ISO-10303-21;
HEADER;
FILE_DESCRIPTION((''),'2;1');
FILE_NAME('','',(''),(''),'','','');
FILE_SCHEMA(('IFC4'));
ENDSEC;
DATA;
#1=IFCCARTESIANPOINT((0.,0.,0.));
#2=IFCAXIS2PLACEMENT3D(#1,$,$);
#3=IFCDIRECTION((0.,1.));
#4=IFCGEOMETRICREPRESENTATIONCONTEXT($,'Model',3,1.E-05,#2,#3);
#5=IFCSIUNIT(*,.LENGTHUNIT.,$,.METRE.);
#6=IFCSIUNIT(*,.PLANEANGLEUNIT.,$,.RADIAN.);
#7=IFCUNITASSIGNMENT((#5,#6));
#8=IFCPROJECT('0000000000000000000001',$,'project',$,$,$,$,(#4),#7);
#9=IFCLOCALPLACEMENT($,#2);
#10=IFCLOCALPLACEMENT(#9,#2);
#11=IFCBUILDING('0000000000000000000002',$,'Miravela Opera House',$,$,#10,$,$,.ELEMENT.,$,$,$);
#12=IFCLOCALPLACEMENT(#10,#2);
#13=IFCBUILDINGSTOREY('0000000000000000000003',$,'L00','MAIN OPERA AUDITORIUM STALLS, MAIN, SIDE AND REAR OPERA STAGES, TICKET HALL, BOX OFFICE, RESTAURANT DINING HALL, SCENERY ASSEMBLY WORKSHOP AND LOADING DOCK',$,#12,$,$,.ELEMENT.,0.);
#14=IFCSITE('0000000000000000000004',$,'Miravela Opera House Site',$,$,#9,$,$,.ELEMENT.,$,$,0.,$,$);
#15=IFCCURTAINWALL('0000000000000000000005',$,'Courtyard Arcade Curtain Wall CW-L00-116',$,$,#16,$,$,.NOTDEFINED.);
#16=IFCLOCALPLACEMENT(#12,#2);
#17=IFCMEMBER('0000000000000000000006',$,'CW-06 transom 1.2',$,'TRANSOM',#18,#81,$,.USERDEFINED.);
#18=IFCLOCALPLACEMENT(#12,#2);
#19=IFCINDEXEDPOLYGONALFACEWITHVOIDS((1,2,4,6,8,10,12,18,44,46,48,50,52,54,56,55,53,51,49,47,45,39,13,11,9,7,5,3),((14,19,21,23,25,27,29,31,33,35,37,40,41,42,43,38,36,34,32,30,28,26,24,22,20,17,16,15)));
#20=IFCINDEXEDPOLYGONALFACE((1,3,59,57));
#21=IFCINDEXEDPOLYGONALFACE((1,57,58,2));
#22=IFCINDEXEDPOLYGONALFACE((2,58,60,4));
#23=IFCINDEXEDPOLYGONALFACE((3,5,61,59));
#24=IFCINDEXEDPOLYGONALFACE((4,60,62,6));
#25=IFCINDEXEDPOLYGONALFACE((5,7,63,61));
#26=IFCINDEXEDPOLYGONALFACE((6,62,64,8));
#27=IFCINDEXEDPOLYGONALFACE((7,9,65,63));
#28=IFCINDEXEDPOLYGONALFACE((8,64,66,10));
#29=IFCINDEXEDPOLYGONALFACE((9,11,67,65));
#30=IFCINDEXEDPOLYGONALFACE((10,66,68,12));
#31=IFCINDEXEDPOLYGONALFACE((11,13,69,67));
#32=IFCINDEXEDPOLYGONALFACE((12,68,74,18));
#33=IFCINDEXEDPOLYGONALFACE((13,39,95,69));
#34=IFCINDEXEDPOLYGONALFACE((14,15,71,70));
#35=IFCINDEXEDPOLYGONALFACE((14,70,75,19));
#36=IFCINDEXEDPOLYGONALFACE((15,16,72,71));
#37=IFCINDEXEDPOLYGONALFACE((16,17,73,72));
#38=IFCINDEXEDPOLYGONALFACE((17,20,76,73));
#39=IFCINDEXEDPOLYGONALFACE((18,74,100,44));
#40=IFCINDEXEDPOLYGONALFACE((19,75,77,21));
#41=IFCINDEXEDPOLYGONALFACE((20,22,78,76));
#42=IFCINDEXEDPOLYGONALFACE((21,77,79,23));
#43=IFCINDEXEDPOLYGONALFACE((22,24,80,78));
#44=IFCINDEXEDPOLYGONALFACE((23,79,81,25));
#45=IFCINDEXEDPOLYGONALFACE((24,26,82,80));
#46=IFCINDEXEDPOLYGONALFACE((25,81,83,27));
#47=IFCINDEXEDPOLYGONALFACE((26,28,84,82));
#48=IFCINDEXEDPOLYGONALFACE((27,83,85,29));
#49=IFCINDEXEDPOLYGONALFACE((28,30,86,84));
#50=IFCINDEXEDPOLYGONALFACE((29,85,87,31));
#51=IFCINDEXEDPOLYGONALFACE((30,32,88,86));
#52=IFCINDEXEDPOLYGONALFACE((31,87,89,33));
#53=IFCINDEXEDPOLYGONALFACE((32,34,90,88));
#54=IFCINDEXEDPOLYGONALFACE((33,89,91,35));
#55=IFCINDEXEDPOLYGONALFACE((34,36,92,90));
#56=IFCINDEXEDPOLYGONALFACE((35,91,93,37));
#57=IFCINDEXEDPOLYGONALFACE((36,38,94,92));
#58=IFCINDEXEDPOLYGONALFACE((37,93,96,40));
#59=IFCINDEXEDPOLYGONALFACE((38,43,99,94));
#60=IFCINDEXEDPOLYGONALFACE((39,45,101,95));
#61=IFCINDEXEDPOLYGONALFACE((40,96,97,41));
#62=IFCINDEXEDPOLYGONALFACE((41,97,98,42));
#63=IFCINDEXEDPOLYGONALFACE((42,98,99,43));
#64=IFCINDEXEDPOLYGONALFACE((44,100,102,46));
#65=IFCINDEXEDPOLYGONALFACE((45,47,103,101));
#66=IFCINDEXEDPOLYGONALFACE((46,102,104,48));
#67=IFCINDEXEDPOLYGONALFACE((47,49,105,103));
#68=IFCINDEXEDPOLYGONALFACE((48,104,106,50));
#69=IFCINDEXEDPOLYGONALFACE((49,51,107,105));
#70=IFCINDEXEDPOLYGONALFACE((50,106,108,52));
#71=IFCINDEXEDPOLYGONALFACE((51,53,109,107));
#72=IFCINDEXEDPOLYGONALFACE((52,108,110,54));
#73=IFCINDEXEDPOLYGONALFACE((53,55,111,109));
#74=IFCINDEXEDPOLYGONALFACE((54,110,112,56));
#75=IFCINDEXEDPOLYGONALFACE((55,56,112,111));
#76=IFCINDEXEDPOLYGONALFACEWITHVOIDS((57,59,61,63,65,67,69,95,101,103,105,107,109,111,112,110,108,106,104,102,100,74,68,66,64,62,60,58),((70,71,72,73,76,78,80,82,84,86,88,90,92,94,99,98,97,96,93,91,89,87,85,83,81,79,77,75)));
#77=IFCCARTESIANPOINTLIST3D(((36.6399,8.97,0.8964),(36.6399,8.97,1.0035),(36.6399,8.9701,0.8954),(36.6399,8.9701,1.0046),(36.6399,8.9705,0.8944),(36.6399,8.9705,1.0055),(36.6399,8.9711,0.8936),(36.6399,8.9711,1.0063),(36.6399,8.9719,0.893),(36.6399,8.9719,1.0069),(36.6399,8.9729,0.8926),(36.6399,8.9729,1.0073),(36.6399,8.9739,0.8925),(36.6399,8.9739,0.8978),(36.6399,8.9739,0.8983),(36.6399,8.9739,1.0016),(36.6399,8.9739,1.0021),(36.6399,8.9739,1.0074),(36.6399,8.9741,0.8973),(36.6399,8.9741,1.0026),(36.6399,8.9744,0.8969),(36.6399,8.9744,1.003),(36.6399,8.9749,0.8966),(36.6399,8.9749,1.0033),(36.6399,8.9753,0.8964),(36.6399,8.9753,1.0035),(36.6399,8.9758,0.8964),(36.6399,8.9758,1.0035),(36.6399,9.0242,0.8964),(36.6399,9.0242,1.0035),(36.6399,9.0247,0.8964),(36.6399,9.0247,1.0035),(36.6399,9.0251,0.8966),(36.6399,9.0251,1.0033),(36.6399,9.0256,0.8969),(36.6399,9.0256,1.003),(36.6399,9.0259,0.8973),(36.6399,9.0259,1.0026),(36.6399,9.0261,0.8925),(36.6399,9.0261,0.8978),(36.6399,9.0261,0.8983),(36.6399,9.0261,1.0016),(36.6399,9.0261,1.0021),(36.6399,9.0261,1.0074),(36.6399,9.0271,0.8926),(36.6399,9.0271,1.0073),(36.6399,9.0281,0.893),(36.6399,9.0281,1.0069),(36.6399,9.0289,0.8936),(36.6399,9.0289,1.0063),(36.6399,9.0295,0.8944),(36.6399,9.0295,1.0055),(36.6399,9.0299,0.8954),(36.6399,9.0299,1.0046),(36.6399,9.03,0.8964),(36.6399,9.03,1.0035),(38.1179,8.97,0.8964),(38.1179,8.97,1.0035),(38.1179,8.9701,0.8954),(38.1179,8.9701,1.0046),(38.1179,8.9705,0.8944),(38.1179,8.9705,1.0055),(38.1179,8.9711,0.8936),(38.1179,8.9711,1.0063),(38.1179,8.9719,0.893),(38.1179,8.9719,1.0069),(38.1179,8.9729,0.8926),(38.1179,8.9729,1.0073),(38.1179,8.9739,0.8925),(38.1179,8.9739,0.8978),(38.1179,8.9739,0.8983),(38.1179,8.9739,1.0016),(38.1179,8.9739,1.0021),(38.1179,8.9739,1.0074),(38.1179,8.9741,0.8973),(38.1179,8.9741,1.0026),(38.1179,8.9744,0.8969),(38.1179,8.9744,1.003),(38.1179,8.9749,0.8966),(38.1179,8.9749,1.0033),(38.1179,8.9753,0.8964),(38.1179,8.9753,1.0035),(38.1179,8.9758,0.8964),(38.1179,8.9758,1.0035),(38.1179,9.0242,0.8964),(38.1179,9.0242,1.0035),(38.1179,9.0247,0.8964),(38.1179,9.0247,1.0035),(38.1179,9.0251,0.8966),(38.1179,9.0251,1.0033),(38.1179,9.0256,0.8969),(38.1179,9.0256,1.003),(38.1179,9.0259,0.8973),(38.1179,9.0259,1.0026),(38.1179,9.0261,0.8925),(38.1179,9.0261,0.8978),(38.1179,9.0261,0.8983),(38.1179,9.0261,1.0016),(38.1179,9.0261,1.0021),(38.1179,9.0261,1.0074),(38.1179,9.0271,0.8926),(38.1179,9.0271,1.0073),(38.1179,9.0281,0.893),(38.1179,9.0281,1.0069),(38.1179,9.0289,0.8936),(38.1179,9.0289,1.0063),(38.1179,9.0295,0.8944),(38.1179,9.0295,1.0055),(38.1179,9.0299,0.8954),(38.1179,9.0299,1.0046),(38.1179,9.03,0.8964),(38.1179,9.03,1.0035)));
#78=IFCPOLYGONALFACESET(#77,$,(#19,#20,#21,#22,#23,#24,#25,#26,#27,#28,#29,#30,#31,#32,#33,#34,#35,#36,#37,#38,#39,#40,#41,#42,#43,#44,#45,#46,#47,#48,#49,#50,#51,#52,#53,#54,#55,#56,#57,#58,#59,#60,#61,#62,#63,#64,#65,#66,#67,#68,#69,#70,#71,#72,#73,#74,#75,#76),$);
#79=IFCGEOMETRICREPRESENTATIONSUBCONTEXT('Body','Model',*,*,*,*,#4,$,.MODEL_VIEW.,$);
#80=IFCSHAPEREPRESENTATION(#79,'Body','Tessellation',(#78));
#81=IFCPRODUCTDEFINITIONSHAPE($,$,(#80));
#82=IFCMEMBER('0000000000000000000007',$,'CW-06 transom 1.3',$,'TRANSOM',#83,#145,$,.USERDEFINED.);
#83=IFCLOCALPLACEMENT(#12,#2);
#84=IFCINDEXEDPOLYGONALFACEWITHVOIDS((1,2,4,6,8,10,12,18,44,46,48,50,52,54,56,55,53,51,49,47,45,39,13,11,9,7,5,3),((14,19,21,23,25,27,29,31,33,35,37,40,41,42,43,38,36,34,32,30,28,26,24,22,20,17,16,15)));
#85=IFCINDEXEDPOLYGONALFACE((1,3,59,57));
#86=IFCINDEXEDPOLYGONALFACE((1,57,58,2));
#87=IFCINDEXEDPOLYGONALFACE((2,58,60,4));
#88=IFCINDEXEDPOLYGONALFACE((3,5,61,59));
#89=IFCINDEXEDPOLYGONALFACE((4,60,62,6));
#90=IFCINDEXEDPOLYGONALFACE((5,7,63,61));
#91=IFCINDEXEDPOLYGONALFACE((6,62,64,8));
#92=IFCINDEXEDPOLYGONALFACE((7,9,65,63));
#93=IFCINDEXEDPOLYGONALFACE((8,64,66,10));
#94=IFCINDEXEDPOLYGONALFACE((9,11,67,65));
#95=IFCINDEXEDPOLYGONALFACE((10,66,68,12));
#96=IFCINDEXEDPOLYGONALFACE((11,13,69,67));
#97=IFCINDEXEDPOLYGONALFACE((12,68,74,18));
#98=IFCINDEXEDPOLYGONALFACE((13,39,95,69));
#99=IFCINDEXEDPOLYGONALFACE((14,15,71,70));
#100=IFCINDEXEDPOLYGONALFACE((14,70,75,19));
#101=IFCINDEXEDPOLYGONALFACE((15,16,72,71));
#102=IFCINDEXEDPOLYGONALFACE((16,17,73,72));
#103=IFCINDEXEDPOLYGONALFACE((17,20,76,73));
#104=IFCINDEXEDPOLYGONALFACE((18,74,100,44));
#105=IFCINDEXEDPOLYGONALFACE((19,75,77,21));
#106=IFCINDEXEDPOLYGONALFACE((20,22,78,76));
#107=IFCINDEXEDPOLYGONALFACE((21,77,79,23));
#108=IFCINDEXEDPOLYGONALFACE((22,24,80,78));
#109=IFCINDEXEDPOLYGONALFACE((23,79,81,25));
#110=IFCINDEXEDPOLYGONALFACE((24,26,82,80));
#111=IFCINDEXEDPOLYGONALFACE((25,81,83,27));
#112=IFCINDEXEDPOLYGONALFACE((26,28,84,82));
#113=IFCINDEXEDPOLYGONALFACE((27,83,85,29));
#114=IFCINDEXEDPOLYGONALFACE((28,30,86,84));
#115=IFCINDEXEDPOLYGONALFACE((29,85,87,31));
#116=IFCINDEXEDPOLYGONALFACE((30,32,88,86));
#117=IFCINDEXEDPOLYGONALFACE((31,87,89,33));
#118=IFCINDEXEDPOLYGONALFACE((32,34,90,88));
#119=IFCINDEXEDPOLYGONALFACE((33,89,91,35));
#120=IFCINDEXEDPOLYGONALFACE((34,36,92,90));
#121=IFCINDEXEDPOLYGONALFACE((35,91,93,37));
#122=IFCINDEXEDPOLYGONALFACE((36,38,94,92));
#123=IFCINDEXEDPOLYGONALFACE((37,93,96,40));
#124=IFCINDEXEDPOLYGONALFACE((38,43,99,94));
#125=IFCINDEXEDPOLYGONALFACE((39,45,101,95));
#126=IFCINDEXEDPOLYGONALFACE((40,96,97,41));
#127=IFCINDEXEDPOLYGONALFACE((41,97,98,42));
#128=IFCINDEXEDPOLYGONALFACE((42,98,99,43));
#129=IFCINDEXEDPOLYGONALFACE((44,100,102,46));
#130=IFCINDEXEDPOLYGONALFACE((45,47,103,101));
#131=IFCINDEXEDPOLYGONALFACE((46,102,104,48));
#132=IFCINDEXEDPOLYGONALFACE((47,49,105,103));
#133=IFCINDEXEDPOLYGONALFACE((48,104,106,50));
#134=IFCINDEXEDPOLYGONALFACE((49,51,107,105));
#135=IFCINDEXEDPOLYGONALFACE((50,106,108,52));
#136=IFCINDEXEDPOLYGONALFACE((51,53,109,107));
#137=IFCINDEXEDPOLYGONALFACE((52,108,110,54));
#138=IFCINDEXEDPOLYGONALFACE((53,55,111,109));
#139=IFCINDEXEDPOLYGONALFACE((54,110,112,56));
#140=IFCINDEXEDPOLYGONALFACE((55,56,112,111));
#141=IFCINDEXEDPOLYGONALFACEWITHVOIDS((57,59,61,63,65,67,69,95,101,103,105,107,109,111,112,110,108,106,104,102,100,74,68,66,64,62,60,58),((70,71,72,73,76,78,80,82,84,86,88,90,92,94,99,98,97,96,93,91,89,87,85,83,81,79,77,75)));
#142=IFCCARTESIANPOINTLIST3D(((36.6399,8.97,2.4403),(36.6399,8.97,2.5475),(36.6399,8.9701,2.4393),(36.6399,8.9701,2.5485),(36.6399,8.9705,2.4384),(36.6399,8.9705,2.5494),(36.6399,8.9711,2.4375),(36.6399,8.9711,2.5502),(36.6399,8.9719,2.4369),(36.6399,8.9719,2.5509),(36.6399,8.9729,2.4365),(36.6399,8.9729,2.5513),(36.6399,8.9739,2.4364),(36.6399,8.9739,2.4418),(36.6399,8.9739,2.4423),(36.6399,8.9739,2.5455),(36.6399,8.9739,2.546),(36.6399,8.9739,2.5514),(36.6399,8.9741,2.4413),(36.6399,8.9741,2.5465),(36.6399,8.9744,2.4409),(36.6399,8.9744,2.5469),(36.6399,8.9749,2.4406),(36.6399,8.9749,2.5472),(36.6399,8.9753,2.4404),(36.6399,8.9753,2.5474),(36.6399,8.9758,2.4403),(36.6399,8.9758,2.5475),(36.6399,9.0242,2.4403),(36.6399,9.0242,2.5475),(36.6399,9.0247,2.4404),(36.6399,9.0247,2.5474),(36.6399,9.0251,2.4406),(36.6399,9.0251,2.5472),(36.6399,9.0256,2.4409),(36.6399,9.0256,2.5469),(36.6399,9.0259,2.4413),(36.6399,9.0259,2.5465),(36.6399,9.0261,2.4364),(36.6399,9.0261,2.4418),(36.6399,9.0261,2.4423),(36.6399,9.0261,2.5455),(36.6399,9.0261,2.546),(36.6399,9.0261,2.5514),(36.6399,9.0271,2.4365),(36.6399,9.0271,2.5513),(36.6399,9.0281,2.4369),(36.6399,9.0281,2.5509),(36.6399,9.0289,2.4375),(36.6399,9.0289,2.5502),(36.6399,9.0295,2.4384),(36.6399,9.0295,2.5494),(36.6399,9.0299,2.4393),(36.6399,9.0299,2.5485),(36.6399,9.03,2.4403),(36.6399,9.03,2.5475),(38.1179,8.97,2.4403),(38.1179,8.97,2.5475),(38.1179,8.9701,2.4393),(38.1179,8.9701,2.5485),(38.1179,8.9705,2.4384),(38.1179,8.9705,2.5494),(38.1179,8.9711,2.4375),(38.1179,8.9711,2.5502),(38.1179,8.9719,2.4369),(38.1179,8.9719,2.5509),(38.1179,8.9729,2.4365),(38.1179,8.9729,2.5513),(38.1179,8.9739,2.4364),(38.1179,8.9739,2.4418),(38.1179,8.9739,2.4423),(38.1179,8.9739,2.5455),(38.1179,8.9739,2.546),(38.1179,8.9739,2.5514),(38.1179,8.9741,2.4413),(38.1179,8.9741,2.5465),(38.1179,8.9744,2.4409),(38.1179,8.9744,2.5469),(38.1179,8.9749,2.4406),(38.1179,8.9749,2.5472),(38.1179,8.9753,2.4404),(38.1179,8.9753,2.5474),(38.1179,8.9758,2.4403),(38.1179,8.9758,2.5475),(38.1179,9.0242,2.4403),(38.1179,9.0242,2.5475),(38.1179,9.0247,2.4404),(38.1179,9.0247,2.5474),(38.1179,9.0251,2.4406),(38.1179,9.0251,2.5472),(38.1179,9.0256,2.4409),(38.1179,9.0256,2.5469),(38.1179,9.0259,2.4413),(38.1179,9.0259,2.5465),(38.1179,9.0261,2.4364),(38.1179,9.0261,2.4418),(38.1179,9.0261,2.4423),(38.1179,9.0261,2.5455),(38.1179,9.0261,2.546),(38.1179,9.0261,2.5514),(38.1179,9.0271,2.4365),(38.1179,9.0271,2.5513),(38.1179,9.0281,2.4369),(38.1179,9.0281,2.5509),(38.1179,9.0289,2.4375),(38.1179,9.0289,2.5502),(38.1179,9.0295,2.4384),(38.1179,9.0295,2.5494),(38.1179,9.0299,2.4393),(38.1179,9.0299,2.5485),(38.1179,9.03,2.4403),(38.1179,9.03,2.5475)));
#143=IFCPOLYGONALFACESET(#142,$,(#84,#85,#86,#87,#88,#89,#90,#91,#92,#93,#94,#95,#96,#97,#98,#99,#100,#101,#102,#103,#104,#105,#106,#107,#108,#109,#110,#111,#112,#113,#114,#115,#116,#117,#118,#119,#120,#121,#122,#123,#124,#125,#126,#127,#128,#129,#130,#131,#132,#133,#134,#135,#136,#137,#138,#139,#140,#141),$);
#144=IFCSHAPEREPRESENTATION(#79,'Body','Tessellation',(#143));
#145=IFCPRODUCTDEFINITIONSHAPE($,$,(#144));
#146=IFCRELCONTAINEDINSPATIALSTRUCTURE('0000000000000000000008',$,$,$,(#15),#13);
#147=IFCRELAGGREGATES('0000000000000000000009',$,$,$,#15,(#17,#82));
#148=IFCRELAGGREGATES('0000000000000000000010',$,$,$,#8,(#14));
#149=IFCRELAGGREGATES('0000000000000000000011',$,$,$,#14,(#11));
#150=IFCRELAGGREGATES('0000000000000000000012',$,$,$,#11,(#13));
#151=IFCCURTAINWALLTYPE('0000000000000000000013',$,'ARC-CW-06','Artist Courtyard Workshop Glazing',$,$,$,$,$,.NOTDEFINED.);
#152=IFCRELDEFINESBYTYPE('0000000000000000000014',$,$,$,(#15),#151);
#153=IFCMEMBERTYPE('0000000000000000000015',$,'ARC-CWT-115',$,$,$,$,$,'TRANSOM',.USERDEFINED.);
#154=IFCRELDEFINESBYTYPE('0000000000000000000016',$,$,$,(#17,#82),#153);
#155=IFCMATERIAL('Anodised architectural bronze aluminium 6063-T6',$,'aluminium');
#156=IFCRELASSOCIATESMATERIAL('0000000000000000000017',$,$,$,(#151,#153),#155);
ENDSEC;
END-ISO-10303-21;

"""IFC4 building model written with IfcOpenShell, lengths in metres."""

from ifc_helpers import new_model, si_unit, direction, frame, origin, origin_2d, place, context, subcontext, project, spatial, hollow_rectangle, extrude, material, material_profile, profile_set, type_object, element, aggregate, save


model = new_model("IFC4")

# Units and contexts
model_context = context("Model", 3, precision=1e-05, world=origin(), true_north=direction((0.0, 1.0)))
body_context = subcontext(model_context, "Body", "Model", "MODEL_VIEW")
ifc_project = project(units=[si_unit("LENGTHUNIT", "METRE"), si_unit("PLANEANGLEUNIT", "RADIAN")], contexts=[model_context])

# Site, building, storey
site_placement = place(None, origin())
site = spatial("IfcSite", under=ifc_project, at=site_placement, Name="Miravela Opera House Site", CompositionType="ELEMENT", RefElevation=0.0)
building_placement = place(site_placement, origin())
building = spatial("IfcBuilding", under=site, at=building_placement, Name="Miravela Opera House", CompositionType="ELEMENT")
storey_placement = place(building_placement, origin())
storey = spatial("IfcBuildingStorey", under=building, at=storey_placement, Name="L00", Description="MAIN OPERA AUDITORIUM STALLS, MAIN, SIDE AND REAR OPERA STAGES, TICKET HALL, BOX OFFICE, RESTAURANT DINING HALL, SCENERY ASSEMBLY WORKSHOP AND LOADING DOCK", CompositionType="ELEMENT", Elevation=0.0)

# Curtain wall, members
ifc_material_1 = material(Name="Anodised architectural bronze aluminium 6063-T6", Category="aluminium")
curtain_wall_type = type_object("IfcCurtainWallType", Name="ARC-CW-06", Description="Artist Courtyard Workshop Glazing", PredefinedType="NOTDEFINED", material=ifc_material_1)
curtain_wall_placement = place(storey_placement, origin())
curtain_wall = element("IfcCurtainWall", 1, at=curtain_wall_placement, inside=storey, type_object=curtain_wall_type, Name="Courtyard Arcade Curtain Wall CW-L00-116", PredefinedType="NOTDEFINED")
ifc_material_profile_1 = material_profile(ifc_material_1, hollow_rectangle(XDim=0.0601, YDim=0.115, WallThickness=0.0039, InnerFilletRadius=0.002, OuterFilletRadius=0.0039, at=origin_2d()), Name="CWT-60X115")
ifc_profile_set_1 = profile_set([ifc_material_profile_1])
member_type_1 = type_object("IfcMemberType", Name="ARC-CWT-115", ElementType="TRANSOM", PredefinedType="USERDEFINED", material=ifc_profile_set_1)
member_1_placement = place(storey_placement, frame((36.6399, 9.0, 0.95), z_axis=(1.0, 0.0, 0.0), x_axis=(0.0, 1.0, 0.0)))
member_1 = element("IfcMember", 2, at=member_1_placement, type_object=member_type_1, Name="CW-06 transom 1.2", ObjectType="TRANSOM", PredefinedType="USERDEFINED", context=body_context, shape_type="SweptSolid", body=[
    extrude(hollow_rectangle(XDim=0.0601, YDim=0.115, WallThickness=0.0039, InnerFilletRadius=0.002, OuterFilletRadius=0.0039, at=origin_2d()), origin(), (0.0, 0.0, 1.0), 1.478),
])
member_2_placement = place(storey_placement, frame((36.6399, 9.0, 2.4939), z_axis=(1.0, 0.0, 0.0), x_axis=(0.0, 1.0, 0.0)))
member_2 = element("IfcMember", 3, at=member_2_placement, type_object=member_type_1, Name="CW-06 transom 1.3", ObjectType="TRANSOM", PredefinedType="USERDEFINED", context=body_context, shape_type="SweptSolid", body=[
    extrude(hollow_rectangle(XDim=0.0601, YDim=0.115, WallThickness=0.0039, InnerFilletRadius=0.002, OuterFilletRadius=0.0039, at=origin_2d()), origin(), (0.0, 0.0, 1.0), 1.478),
])
aggregate(curtain_wall, [member_1, member_2])

save(model, "model.ifc")
